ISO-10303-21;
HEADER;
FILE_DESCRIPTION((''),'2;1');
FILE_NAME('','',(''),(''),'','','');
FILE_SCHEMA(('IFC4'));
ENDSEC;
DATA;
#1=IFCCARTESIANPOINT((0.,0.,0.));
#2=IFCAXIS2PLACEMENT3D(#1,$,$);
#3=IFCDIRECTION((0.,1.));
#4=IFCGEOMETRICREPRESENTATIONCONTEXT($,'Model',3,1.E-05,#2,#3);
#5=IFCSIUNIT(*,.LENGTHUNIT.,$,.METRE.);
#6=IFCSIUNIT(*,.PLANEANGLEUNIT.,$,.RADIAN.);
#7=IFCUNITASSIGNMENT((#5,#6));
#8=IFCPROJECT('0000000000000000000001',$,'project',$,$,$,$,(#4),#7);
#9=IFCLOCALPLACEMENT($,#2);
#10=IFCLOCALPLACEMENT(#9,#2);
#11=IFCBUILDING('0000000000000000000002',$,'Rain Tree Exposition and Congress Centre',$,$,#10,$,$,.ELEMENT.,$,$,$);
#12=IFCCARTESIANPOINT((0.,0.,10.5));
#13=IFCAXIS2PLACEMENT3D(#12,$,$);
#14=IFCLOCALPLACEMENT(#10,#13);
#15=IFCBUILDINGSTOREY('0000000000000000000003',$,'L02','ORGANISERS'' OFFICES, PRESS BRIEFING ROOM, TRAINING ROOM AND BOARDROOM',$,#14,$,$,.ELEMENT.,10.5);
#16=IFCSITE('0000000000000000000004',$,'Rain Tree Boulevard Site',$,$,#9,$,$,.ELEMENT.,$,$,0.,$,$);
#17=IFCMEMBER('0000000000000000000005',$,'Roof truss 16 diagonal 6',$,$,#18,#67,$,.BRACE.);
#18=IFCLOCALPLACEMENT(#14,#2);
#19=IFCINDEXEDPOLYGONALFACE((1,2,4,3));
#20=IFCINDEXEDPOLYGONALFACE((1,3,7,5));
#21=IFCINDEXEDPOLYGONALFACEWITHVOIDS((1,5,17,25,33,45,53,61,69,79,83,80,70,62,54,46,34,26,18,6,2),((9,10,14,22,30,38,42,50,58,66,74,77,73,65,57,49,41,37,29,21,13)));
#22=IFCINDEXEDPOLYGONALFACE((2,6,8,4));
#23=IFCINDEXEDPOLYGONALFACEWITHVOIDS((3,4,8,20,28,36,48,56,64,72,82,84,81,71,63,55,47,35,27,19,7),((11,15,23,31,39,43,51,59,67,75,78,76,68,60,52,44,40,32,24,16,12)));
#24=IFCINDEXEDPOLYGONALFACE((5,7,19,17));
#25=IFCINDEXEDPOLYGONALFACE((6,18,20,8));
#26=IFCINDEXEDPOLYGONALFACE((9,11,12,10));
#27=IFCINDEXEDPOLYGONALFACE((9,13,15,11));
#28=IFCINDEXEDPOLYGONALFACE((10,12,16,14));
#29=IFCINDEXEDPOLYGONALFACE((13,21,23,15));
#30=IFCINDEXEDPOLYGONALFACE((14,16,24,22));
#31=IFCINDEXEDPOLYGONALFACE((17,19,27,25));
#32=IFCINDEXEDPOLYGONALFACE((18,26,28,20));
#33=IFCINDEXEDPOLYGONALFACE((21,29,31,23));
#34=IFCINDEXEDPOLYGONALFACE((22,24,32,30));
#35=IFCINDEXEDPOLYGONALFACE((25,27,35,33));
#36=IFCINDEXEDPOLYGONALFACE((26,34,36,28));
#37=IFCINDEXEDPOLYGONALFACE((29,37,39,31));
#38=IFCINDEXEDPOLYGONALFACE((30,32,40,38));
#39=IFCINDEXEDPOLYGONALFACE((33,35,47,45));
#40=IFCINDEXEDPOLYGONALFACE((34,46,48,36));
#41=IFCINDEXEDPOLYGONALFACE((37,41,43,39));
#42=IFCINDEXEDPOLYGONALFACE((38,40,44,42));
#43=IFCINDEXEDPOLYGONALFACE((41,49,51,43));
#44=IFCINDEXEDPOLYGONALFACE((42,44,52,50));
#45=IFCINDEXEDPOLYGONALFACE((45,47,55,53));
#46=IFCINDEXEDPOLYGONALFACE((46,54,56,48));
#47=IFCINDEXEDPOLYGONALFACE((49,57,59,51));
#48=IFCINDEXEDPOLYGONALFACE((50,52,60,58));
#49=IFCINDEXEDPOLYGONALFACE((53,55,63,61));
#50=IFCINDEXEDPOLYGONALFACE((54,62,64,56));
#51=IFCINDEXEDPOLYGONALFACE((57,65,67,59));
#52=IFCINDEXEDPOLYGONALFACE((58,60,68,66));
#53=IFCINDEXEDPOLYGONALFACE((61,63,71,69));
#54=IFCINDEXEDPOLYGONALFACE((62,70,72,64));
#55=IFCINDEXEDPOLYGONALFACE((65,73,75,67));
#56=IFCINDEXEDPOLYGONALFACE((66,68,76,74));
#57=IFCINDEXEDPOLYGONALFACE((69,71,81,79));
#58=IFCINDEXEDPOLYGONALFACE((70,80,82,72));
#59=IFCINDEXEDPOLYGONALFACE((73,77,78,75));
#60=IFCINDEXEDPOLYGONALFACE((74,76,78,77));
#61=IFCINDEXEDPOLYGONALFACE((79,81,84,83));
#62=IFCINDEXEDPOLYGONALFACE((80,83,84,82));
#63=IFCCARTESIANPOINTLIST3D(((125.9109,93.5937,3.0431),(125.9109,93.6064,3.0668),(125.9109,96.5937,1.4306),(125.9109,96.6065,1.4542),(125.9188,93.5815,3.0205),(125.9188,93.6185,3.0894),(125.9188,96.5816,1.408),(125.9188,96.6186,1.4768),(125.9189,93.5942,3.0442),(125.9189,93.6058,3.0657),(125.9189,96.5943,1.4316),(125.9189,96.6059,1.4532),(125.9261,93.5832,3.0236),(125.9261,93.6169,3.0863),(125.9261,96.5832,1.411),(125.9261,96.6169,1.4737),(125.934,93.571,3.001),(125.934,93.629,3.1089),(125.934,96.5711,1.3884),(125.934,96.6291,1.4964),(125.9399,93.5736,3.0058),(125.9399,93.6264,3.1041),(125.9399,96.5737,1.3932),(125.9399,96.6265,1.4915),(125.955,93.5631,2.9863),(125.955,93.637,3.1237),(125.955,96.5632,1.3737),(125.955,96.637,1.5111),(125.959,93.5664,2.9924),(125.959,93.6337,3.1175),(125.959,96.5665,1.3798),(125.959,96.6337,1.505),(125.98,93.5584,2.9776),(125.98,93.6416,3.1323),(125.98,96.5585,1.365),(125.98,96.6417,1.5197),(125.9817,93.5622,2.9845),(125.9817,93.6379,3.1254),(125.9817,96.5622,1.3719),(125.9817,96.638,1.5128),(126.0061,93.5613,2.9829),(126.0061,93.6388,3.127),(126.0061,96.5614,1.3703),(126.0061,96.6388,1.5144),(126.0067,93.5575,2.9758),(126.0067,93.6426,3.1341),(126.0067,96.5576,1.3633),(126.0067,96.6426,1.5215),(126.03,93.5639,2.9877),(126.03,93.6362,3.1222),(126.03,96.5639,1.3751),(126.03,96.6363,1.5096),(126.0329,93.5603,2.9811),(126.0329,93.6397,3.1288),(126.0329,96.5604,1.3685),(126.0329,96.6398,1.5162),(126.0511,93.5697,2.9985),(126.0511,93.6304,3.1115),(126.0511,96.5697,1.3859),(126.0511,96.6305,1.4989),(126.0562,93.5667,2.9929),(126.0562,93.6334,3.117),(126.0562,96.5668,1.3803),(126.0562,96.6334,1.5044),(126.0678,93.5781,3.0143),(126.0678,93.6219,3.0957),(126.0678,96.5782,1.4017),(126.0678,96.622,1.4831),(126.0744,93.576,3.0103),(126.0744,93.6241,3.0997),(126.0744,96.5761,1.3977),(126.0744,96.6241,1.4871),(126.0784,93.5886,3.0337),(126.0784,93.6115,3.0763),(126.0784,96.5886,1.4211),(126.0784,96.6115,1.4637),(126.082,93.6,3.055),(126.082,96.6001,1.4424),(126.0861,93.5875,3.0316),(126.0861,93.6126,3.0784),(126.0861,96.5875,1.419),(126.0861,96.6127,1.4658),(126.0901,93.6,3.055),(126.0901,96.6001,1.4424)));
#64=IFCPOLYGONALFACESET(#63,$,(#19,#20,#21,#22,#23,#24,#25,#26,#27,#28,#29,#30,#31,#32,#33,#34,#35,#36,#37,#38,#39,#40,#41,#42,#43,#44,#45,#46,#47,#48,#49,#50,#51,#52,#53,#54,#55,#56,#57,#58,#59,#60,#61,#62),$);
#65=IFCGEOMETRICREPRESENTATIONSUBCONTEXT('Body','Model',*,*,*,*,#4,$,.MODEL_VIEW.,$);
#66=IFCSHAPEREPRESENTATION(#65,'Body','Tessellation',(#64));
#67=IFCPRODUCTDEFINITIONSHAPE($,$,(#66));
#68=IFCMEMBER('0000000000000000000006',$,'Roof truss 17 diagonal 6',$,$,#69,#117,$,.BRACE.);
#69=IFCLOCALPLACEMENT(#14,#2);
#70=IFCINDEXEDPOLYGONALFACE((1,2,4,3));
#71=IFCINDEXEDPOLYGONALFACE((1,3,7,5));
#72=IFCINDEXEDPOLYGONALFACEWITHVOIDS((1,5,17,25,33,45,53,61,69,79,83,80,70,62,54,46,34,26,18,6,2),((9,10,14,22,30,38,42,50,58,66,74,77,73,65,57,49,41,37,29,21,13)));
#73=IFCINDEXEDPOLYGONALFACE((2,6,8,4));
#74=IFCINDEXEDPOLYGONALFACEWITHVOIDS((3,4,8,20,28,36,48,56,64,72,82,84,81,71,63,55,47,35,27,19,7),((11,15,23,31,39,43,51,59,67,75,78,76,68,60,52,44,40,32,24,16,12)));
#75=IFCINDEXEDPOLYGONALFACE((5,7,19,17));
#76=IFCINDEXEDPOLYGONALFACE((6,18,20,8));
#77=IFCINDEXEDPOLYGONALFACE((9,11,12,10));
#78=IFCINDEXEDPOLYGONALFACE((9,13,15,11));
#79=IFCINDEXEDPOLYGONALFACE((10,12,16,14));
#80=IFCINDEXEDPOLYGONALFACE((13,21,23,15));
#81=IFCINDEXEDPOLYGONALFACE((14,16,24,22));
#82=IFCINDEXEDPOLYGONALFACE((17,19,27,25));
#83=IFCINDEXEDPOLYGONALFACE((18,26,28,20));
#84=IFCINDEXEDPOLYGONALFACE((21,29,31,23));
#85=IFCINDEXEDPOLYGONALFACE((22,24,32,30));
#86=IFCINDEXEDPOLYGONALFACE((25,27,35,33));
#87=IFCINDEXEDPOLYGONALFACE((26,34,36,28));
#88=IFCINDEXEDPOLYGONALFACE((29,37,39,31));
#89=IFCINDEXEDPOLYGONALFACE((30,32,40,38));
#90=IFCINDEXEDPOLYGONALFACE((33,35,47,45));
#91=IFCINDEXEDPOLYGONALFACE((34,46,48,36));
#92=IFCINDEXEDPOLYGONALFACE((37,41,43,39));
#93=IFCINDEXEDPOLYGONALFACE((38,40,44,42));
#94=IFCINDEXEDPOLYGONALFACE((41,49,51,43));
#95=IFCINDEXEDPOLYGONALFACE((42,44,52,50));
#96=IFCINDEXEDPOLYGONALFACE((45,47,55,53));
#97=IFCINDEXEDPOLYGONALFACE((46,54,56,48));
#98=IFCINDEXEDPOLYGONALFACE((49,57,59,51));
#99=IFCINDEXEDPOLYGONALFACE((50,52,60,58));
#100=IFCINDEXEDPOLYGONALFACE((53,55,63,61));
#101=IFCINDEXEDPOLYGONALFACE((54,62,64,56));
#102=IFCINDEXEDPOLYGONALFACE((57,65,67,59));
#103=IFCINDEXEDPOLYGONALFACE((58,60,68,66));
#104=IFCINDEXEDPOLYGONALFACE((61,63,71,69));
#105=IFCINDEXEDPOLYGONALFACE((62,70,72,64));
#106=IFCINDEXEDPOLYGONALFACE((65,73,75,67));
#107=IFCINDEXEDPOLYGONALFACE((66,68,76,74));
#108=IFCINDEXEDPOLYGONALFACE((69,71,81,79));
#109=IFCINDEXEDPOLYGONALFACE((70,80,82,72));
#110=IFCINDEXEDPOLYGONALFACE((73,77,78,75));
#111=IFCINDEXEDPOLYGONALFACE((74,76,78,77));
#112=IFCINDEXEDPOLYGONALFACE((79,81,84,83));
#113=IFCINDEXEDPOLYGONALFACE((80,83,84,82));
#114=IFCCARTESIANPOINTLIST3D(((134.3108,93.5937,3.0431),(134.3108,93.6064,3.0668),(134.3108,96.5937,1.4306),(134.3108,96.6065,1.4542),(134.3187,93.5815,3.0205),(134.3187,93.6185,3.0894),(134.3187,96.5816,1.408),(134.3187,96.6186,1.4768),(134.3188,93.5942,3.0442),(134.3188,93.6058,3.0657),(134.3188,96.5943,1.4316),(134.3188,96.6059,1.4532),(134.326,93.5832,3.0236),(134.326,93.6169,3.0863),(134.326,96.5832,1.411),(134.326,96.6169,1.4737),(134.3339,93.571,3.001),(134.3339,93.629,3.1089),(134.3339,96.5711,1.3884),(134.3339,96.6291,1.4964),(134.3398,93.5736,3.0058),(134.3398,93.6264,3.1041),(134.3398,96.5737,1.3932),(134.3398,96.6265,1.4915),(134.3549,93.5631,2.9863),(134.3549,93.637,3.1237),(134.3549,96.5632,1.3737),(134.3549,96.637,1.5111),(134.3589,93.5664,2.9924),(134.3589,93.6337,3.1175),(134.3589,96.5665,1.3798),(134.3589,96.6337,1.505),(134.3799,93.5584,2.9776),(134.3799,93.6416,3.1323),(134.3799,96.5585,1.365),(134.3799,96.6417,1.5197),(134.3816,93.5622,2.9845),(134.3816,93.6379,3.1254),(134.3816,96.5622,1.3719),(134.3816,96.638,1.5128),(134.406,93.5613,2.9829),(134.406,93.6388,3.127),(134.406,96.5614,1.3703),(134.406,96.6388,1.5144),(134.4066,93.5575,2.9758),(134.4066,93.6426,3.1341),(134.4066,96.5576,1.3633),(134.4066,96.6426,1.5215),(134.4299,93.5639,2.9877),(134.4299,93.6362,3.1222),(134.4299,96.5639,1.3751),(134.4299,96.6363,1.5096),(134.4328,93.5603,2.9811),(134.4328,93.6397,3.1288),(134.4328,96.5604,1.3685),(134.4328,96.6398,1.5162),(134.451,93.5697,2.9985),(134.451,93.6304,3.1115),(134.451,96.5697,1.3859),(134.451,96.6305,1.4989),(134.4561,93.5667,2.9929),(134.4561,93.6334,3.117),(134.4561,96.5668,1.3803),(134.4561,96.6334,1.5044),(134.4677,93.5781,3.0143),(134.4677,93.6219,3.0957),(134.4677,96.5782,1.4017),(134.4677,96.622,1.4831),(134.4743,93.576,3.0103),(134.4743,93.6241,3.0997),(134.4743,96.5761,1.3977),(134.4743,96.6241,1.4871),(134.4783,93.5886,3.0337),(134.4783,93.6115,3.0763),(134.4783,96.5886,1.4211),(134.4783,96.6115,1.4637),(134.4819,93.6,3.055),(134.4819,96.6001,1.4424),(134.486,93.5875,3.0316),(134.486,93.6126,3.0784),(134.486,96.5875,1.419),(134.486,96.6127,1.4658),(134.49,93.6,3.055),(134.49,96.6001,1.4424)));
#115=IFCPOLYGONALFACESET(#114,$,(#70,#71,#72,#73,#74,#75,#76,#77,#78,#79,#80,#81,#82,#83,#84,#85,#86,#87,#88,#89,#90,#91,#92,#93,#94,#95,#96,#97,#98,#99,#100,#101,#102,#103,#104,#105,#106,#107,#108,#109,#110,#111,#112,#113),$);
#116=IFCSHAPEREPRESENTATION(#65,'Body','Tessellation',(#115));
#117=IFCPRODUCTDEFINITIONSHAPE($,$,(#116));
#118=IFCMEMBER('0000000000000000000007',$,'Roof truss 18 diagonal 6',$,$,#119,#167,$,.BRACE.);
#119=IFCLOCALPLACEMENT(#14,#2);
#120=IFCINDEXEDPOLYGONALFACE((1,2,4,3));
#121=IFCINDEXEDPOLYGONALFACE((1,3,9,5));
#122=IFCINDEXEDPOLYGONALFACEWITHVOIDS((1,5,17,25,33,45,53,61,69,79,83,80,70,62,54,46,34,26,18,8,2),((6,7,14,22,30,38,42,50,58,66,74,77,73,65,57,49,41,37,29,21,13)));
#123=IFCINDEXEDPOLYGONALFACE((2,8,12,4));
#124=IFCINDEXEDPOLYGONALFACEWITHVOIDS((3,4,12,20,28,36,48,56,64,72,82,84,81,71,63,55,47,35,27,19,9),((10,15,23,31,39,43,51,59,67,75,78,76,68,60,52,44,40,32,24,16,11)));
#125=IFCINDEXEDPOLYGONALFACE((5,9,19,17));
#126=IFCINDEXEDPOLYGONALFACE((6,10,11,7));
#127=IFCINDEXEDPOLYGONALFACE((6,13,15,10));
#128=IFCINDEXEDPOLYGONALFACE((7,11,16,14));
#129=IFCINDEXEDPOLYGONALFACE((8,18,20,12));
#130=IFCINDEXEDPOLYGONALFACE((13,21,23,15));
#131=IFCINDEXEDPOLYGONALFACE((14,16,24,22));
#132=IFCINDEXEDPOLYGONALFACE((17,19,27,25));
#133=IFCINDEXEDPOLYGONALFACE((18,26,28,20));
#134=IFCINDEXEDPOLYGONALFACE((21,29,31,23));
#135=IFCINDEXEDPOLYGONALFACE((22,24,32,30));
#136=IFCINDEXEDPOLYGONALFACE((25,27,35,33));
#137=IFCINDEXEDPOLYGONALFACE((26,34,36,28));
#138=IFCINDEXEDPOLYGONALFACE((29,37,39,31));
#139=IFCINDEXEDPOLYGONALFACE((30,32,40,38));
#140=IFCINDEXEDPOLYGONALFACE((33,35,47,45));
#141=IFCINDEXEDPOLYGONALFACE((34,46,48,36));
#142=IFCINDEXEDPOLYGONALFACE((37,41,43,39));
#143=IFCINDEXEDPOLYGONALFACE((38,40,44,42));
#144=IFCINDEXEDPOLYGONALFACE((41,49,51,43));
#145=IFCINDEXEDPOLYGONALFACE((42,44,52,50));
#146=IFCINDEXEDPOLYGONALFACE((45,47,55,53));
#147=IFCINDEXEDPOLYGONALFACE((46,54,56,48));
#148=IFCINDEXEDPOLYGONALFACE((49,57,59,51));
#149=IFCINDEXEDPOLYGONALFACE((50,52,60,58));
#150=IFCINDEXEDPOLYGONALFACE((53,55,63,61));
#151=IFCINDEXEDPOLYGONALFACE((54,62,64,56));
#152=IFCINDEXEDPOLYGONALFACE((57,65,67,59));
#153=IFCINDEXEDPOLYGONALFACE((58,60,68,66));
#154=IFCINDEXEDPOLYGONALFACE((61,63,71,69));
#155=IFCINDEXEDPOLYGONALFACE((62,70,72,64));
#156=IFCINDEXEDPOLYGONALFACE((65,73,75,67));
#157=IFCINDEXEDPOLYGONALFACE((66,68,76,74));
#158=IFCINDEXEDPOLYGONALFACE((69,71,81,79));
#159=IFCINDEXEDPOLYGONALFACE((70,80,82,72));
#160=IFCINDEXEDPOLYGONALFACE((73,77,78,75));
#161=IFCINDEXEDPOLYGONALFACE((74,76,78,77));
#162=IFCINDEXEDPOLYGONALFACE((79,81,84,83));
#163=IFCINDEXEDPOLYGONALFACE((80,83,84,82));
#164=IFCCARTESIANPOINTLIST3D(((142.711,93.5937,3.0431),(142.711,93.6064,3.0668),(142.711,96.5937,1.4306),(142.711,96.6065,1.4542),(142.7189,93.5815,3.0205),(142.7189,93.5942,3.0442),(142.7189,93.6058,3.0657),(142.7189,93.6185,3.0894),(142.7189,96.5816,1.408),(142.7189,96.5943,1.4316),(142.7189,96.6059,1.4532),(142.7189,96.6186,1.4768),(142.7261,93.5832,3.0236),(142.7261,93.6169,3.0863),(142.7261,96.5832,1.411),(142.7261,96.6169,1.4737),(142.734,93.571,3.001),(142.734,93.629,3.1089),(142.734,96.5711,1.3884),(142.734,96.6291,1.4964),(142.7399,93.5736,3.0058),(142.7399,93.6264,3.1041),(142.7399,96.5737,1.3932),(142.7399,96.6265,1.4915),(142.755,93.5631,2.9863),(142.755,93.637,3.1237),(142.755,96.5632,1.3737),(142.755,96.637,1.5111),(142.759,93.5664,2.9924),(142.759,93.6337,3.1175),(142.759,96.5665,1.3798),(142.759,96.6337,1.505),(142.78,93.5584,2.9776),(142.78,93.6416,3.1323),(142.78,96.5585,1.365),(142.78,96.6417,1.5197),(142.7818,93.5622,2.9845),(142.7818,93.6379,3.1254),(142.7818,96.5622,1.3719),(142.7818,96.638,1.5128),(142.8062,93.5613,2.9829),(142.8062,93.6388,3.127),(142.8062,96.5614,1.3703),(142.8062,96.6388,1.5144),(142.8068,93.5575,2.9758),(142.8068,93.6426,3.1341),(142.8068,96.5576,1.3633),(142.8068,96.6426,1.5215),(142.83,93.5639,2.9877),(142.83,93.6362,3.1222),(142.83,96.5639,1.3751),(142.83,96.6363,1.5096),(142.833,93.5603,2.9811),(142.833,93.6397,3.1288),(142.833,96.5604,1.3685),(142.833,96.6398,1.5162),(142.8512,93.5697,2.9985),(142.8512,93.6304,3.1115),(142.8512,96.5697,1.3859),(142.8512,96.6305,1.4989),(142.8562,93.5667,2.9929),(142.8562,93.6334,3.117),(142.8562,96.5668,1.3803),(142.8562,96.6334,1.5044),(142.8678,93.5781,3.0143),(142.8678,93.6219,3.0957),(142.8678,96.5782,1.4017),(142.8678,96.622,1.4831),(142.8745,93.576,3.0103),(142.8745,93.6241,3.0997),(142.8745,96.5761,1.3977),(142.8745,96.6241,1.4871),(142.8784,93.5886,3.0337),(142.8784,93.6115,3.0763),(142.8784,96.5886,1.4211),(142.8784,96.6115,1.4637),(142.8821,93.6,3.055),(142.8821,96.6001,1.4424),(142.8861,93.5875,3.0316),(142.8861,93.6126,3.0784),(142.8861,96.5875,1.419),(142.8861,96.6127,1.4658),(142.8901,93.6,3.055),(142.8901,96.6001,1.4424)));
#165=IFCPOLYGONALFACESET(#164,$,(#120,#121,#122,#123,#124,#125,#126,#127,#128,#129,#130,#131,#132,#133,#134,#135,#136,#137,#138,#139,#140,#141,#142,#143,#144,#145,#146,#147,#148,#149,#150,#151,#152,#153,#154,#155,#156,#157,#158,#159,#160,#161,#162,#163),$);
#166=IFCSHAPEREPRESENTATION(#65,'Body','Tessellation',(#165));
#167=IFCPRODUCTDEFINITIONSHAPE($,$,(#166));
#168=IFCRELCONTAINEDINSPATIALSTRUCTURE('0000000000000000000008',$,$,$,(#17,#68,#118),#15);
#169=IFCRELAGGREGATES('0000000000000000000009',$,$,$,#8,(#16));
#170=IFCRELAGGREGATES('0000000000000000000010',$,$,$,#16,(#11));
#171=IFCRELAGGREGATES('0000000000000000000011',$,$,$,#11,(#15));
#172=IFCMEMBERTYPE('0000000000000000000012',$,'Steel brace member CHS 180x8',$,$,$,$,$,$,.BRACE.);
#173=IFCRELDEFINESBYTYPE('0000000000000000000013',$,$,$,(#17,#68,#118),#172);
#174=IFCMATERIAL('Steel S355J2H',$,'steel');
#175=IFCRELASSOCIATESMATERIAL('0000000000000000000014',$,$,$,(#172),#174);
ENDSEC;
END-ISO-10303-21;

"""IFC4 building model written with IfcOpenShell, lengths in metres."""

from ifc_helpers import new_model, si_unit, direction, frame, origin, origin_2d, place, context, subcontext, project, spatial, hollow_circle, extrude, material, material_profile, profile_set, type_object, element, save


model = new_model("IFC4")

# Units and contexts
model_context = context("Model", 3, precision=1e-05, world=origin(), true_north=direction((0.0, 1.0)))
body_context = subcontext(model_context, "Body", "Model", "MODEL_VIEW")
ifc_project = project(units=[si_unit("LENGTHUNIT", "METRE"), si_unit("PLANEANGLEUNIT", "RADIAN")], contexts=[model_context])

# Site, building, storey
site_placement = place(None, origin())
site = spatial("IfcSite", under=ifc_project, at=site_placement, Name="Rain Tree Boulevard Site", CompositionType="ELEMENT", RefElevation=0.0)
building_placement = place(site_placement, origin())
building = spatial("IfcBuilding", under=site, at=building_placement, Name="Rain Tree Exposition and Congress Centre", CompositionType="ELEMENT")
storey_placement = place(building_placement, frame((0.0, 0.0, 10.5)))
storey = spatial("IfcBuildingStorey", under=building, at=storey_placement, Name="L02", Description="ORGANISERS' OFFICES, PRESS BRIEFING ROOM, TRAINING ROOM AND BOARDROOM", CompositionType="ELEMENT", Elevation=10.5)

# Members
ifc_material_1 = material(Name="Steel S355J2H", Category="steel")
ifc_material_profile_1 = material_profile(ifc_material_1, hollow_circle(Radius=0.0901, WallThickness=0.0081, at=origin_2d()), Name="CHS 180x8")
ifc_profile_set_1 = profile_set([ifc_material_profile_1], Name="Steel S355J2H")
member_type_1 = type_object("IfcMemberType", Name="Steel brace member CHS 180x8", PredefinedType="BRACE", material=ifc_profile_set_1)
for number, where, z_axis, x_axis, name in (
    (1, (126.0, 96.6001, 1.4424), (0.0, -0.880818, 0.473454), (1.0, 0.0, 0.0), "Roof truss 16 diagonal 6"),
    (2, (134.3999, 96.6001, 1.4424), (0.0, -0.880818, 0.473454), (1.0, 0.0, 0.0), "Roof truss 17 diagonal 6"),
    (3, (142.8, 96.6001, 1.4424), (0.0, -0.880818, 0.473454), (1.0, 0.0, 0.0), "Roof truss 18 diagonal 6"),
):
    element("IfcMember", number, at=place(storey_placement, frame(where, z_axis=z_axis, x_axis=x_axis)), inside=storey, type_object=member_type_1, Name=name, PredefinedType="BRACE", context=body_context, shape_type="SweptSolid", body=[
        extrude(hollow_circle(Radius=0.0901, WallThickness=0.0081, at=origin_2d()), origin(), (0.0, 0.0, 1.0), 3.406),
    ])

save(model, "model.ifc")
